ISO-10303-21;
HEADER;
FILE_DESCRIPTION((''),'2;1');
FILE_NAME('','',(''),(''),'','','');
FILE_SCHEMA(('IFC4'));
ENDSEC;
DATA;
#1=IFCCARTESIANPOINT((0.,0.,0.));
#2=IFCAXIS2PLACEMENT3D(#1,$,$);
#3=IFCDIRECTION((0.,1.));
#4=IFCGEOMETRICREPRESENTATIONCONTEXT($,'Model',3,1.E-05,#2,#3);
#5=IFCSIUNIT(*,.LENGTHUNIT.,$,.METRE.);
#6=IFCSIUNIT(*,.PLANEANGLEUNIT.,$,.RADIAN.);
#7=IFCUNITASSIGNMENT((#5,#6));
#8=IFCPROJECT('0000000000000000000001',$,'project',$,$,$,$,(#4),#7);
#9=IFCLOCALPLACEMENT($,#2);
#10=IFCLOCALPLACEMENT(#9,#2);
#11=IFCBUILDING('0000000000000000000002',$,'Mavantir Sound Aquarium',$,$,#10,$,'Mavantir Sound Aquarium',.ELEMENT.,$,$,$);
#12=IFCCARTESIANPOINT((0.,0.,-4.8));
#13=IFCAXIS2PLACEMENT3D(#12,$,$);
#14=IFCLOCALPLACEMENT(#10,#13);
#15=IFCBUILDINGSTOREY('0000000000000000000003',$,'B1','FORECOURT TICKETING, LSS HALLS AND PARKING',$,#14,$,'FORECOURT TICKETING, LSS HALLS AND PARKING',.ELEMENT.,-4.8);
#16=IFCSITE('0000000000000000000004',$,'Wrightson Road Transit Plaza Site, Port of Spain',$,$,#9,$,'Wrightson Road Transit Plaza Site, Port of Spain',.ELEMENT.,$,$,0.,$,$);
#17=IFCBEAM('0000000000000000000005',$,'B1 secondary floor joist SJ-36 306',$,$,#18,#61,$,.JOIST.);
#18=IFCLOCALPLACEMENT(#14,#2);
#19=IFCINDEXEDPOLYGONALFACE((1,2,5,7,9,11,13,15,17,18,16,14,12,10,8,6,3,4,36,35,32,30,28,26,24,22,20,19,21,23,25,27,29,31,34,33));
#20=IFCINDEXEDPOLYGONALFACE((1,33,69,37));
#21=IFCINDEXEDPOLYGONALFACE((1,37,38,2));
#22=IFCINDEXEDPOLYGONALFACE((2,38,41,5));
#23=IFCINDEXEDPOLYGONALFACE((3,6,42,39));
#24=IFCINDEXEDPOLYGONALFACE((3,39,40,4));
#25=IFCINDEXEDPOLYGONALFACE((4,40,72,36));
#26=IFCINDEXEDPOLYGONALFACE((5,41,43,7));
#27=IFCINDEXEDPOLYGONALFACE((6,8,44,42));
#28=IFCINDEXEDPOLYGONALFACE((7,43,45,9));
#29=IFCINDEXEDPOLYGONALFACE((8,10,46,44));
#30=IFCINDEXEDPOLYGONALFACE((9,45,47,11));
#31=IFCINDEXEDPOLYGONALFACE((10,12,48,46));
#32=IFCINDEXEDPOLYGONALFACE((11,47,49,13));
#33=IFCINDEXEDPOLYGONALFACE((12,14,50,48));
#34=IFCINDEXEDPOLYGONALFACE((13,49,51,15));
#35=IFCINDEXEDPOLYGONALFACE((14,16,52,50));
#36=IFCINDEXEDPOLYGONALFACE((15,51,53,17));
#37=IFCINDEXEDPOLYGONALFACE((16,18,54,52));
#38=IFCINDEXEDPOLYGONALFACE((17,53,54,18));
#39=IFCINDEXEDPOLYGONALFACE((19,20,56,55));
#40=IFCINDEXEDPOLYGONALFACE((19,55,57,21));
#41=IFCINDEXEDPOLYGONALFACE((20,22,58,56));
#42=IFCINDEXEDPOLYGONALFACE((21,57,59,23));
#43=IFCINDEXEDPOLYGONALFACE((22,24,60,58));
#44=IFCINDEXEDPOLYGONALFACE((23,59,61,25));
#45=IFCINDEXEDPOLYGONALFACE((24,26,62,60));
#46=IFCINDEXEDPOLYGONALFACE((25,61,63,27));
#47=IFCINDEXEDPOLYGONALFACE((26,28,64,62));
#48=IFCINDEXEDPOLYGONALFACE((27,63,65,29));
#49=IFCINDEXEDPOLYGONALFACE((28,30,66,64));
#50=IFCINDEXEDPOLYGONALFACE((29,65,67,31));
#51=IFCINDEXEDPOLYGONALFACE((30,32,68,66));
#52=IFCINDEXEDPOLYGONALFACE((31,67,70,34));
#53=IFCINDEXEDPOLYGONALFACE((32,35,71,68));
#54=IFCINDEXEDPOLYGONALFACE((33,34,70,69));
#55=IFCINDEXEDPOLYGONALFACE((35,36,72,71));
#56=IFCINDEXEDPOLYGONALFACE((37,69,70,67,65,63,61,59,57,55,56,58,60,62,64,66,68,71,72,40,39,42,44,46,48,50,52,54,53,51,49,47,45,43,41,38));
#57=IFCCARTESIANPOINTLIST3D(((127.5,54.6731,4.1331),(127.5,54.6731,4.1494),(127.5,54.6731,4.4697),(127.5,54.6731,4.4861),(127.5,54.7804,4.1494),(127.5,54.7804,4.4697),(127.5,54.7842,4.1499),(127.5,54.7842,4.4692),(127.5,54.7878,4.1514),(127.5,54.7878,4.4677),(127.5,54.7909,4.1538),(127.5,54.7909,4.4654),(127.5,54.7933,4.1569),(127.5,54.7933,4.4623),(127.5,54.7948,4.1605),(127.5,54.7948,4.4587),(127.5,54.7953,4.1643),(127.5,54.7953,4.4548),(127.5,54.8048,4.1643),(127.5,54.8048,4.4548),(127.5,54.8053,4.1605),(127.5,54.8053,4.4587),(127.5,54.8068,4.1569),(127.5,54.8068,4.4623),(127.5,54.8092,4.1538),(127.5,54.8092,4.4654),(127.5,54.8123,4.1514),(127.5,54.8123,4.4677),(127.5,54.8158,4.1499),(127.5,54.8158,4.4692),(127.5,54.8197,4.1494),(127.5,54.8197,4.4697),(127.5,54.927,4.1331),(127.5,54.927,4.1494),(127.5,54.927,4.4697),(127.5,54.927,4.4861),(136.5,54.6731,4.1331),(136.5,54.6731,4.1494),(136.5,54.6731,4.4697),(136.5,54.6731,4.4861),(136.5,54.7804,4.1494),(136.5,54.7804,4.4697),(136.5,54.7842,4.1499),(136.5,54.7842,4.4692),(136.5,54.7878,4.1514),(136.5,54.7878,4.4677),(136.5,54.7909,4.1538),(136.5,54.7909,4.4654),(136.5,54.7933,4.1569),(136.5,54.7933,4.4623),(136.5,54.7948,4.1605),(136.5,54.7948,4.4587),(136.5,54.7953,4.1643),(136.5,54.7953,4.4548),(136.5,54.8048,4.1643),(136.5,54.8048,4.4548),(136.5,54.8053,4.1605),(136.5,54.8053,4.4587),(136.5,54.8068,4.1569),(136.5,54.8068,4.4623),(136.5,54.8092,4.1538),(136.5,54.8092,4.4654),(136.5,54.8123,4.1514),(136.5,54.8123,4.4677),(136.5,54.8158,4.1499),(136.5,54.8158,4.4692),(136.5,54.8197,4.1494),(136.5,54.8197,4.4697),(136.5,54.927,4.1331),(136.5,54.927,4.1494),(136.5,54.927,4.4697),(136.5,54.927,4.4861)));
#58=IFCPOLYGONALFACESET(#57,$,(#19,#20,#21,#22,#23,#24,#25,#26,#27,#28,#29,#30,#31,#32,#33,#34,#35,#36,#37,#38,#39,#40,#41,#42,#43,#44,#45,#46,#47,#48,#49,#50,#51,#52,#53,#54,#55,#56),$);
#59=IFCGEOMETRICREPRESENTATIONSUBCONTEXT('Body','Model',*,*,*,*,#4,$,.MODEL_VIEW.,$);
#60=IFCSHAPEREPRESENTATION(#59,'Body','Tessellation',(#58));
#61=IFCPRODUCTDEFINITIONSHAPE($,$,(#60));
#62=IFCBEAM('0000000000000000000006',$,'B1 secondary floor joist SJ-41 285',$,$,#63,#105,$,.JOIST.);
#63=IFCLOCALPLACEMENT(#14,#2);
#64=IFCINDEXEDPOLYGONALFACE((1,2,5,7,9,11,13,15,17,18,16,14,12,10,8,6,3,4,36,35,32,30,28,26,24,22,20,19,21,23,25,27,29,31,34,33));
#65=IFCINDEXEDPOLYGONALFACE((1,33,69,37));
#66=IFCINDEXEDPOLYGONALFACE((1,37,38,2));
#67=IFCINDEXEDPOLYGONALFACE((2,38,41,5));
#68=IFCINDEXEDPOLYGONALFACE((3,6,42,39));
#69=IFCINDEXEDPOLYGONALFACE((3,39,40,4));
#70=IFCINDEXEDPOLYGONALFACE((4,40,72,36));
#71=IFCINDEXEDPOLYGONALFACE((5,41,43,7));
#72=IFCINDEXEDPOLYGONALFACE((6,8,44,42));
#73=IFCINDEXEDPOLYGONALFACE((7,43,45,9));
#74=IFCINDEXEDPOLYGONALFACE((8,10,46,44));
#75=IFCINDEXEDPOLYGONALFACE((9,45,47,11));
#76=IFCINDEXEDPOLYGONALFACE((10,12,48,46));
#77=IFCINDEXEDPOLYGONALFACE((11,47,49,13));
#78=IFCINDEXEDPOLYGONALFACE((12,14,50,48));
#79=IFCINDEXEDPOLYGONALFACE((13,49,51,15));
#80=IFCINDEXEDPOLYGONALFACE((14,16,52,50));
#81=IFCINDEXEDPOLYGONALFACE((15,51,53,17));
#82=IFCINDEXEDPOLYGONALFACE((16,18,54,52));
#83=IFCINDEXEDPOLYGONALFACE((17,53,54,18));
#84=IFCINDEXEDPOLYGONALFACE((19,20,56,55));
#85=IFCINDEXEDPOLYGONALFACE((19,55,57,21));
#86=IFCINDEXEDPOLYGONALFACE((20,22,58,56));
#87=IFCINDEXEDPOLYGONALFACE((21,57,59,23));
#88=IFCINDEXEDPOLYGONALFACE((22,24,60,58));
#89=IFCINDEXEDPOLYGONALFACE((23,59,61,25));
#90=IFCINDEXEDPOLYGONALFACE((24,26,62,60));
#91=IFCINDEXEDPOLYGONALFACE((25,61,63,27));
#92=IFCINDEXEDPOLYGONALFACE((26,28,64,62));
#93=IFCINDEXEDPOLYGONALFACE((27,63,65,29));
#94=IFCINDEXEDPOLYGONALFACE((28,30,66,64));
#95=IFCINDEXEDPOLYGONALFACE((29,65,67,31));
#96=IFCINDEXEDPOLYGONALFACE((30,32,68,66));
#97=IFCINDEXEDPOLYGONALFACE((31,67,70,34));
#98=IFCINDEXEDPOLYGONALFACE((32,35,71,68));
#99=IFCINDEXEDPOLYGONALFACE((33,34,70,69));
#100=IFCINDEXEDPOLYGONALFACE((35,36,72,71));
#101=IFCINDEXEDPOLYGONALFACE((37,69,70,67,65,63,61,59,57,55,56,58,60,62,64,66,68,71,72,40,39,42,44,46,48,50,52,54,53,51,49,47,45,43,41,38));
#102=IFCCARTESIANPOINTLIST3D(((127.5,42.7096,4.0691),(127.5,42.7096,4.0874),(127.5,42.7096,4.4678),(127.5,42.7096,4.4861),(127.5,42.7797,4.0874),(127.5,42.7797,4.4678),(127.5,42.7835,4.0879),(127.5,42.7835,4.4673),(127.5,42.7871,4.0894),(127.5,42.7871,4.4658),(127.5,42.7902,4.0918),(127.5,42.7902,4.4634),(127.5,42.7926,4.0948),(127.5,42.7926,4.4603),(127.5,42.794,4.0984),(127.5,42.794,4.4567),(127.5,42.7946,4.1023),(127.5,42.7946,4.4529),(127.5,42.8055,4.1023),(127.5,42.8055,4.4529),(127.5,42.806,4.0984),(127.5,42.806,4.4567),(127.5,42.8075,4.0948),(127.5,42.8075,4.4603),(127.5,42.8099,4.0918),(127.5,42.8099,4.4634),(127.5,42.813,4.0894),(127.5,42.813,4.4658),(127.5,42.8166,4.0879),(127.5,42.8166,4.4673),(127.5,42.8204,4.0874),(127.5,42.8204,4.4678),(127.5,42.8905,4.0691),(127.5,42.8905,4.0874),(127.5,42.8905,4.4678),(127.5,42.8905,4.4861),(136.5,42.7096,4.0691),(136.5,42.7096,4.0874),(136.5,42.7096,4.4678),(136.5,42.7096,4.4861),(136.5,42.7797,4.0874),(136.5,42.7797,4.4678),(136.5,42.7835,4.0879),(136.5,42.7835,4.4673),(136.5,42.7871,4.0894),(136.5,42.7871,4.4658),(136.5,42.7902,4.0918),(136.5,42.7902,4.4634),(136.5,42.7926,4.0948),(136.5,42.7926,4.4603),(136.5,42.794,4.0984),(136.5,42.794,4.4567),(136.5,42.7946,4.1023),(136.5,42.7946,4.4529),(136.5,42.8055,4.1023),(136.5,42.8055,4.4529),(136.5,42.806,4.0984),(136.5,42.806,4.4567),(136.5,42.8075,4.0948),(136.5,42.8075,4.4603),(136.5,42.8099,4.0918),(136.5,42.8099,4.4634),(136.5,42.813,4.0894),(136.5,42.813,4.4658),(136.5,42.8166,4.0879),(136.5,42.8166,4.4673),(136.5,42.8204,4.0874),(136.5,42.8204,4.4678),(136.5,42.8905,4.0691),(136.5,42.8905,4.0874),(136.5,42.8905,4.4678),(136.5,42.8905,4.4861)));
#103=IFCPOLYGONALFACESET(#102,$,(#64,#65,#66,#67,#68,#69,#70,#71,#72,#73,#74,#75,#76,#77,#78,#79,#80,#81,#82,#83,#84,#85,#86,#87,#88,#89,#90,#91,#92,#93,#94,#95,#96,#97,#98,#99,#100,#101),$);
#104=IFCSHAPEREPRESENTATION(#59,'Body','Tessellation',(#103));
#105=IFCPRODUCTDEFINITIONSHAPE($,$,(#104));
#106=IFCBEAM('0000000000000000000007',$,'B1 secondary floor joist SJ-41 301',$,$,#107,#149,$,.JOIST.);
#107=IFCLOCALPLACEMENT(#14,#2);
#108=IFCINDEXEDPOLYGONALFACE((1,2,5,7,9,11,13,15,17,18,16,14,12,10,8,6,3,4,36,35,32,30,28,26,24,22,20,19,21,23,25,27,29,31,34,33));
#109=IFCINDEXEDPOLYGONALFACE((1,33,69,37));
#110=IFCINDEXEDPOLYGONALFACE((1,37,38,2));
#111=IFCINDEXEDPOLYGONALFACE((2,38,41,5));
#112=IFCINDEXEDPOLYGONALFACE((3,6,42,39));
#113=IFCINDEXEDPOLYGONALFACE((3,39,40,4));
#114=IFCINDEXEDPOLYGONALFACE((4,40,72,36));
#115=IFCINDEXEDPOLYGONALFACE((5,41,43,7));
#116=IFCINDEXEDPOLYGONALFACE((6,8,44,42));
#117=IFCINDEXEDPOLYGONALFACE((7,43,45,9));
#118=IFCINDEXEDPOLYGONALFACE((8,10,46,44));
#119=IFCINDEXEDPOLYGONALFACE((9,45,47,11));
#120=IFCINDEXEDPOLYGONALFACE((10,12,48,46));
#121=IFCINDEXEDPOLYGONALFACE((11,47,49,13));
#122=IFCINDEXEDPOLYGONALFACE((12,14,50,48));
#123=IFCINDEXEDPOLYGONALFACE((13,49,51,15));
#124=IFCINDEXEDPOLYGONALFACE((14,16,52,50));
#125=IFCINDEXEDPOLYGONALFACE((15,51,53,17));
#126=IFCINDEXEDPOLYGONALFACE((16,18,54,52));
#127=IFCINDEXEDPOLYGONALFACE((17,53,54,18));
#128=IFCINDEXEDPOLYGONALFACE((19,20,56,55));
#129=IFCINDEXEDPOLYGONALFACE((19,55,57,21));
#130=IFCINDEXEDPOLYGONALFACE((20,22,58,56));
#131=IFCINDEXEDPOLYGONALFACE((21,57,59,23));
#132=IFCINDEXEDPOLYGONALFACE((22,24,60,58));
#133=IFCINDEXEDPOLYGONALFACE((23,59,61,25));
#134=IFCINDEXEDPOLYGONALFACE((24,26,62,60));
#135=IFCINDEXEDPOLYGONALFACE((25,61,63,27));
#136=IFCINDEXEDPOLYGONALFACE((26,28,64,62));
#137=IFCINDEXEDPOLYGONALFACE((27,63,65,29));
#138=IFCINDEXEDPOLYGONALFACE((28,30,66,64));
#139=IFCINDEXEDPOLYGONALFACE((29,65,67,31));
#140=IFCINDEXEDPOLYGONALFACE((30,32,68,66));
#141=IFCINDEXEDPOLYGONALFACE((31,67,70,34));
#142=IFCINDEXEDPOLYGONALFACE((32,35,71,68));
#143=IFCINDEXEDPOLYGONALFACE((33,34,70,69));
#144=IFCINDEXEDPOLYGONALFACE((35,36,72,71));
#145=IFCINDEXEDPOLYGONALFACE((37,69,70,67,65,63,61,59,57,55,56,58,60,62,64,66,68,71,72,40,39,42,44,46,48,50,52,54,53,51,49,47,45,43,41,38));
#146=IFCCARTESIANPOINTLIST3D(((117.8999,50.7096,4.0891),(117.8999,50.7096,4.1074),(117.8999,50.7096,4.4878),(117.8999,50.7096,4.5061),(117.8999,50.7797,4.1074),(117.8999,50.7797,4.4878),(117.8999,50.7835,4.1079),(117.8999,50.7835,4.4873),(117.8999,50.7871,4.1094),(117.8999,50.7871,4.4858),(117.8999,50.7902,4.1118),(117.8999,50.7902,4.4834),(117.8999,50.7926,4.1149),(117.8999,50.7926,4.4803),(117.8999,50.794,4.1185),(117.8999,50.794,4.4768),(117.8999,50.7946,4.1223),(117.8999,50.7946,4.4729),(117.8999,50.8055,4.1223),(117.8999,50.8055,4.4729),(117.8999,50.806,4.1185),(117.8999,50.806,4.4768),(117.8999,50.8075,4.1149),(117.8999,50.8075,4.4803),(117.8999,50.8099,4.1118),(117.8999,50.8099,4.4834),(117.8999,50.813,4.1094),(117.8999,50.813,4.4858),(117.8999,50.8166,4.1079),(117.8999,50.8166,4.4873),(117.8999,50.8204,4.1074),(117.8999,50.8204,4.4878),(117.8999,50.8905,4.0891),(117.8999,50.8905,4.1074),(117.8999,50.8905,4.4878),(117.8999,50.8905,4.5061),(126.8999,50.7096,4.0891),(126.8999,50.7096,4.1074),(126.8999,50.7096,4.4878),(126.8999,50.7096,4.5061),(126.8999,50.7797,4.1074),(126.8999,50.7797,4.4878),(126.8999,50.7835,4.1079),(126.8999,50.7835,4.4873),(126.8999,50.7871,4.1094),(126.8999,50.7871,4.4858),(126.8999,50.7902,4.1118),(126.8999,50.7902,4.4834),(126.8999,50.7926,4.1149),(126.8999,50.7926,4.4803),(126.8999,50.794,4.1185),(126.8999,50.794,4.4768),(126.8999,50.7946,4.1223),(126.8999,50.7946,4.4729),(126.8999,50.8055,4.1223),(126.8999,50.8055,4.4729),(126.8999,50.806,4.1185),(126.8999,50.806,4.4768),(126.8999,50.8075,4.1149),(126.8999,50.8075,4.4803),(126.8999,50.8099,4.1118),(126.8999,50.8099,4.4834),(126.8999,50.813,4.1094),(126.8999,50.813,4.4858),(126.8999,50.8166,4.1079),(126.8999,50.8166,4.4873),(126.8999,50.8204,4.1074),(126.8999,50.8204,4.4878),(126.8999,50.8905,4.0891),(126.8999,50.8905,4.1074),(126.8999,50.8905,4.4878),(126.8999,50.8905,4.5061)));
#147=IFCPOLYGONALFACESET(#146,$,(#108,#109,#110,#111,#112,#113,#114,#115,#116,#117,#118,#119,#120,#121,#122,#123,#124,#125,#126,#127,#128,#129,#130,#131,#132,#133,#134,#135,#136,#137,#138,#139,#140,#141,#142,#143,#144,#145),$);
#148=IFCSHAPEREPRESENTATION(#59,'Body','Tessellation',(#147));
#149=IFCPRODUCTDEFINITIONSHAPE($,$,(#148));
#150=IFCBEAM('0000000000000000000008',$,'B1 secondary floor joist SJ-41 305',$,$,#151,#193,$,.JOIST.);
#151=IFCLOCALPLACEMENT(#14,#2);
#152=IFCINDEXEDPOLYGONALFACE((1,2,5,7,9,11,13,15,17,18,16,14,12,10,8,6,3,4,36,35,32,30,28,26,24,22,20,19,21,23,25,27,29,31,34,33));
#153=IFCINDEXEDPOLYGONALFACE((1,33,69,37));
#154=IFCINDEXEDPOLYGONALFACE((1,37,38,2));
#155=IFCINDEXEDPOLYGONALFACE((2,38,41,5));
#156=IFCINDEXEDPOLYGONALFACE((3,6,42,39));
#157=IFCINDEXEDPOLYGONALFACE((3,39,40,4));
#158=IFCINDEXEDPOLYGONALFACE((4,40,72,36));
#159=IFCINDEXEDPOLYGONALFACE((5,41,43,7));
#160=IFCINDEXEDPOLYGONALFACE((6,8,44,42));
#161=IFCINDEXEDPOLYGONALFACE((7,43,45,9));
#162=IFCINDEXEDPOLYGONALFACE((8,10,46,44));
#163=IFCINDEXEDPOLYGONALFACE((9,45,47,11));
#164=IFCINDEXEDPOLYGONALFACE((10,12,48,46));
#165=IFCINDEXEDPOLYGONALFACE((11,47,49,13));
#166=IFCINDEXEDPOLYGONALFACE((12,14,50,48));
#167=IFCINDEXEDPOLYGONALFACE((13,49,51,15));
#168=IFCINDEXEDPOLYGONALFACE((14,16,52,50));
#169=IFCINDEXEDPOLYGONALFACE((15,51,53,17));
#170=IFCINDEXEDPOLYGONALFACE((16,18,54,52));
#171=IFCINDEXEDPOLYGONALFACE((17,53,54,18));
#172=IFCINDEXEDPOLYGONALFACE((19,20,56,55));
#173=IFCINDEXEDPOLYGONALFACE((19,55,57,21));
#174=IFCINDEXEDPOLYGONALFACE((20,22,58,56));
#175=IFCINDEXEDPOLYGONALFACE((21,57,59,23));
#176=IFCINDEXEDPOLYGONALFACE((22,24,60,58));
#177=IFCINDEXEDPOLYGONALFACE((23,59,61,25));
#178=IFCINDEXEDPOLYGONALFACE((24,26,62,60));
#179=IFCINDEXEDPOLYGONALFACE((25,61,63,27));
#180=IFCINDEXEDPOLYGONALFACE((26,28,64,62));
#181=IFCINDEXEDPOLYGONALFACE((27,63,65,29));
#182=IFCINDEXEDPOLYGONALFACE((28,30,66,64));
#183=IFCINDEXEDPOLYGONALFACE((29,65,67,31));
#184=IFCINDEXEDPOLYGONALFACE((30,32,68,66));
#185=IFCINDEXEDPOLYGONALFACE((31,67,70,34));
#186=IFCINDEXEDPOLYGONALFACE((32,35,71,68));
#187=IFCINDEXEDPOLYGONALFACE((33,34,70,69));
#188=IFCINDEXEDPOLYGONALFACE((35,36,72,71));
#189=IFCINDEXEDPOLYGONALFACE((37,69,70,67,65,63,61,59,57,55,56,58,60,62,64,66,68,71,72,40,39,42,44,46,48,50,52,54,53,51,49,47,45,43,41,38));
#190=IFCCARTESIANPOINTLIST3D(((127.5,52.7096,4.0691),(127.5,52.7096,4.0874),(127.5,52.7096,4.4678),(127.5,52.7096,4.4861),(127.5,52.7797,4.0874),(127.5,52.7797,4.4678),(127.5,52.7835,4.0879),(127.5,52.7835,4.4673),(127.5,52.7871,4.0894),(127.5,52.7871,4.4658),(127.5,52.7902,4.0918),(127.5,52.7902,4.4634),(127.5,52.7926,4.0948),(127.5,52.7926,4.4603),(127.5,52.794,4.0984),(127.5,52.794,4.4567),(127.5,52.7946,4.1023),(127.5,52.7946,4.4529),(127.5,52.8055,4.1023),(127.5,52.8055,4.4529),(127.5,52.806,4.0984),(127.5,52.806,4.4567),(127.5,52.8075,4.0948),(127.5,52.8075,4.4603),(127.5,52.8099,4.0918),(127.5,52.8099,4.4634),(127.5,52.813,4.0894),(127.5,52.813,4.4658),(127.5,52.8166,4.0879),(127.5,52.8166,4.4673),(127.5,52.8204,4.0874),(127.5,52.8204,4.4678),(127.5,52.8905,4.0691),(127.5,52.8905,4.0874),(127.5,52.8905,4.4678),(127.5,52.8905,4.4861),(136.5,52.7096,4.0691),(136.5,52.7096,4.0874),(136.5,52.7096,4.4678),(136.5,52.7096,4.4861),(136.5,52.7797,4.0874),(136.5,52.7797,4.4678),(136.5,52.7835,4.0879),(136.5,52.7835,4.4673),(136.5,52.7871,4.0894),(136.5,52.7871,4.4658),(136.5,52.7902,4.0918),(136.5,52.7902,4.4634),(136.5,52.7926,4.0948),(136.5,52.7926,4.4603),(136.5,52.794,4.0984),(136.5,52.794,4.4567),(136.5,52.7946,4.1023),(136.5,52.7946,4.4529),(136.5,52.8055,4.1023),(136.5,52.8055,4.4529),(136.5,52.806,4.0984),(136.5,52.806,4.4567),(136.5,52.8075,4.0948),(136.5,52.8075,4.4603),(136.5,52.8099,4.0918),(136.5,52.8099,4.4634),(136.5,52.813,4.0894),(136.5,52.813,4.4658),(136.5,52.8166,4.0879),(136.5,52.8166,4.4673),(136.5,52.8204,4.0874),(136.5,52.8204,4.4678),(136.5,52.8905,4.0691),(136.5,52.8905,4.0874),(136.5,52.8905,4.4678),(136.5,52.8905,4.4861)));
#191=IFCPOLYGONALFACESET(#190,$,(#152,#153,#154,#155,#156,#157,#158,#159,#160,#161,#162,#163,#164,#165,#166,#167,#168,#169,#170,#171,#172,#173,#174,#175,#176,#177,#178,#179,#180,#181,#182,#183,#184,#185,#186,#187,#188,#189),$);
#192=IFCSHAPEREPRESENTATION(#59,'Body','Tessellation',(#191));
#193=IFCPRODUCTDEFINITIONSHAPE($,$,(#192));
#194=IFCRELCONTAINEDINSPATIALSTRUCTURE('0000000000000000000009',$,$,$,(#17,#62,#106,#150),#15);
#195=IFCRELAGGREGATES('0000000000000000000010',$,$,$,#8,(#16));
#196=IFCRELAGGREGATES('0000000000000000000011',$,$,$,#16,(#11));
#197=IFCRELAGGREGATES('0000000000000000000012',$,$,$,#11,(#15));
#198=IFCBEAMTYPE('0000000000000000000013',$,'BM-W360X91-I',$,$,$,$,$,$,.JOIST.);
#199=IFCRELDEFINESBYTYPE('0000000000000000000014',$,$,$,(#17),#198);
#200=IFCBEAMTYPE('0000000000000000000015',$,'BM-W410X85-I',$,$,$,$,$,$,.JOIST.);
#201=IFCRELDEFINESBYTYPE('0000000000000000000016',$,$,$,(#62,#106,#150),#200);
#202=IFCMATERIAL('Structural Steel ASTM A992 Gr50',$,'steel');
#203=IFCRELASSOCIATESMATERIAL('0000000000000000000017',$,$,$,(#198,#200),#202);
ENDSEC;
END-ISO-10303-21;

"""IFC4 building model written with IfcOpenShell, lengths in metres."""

from ifc_helpers import new_model, si_unit, direction, frame, origin, origin_2d, place, context, subcontext, project, spatial, i_section, extrude, material, material_profile, profile_set, type_object, element, save


model = new_model("IFC4")

# Units and contexts
model_context = context("Model", 3, precision=1e-05, world=origin(), true_north=direction((0.0, 1.0)))
body_context = subcontext(model_context, "Body", "Model", "MODEL_VIEW")
ifc_project = project(units=[si_unit("LENGTHUNIT", "METRE"), si_unit("PLANEANGLEUNIT", "RADIAN")], contexts=[model_context])

# Site, building, storey
site_placement = place(None, origin())
site = spatial("IfcSite", under=ifc_project, at=site_placement, Name="Wrightson Road Transit Plaza Site, Port of Spain", LongName="Wrightson Road Transit Plaza Site, Port of Spain", CompositionType="ELEMENT", RefElevation=0.0)
building_placement = place(site_placement, origin())
building = spatial("IfcBuilding", under=site, at=building_placement, Name="Mavantir Sound Aquarium", LongName="Mavantir Sound Aquarium", CompositionType="ELEMENT")
storey_placement = place(building_placement, frame((0.0, 0.0, -4.8)))
storey = spatial("IfcBuildingStorey", under=building, at=storey_placement, Name="B1", Description="FORECOURT TICKETING, LSS HALLS AND PARKING", LongName="FORECOURT TICKETING, LSS HALLS AND PARKING", CompositionType="ELEMENT", Elevation=-4.8)

# Beams
ifc_material_1 = material(Name="Structural Steel ASTM A992 Gr50", Category="steel")
ifc_material_profile_1 = material_profile(ifc_material_1, i_section(OverallWidth=0.2539, OverallDepth=0.353, WebThickness=0.0095, FlangeThickness=0.0164, FilletRadius=0.0149, at=origin_2d()), Name="W360X91")
ifc_profile_set_1 = profile_set([ifc_material_profile_1], Name="Structural Steel ASTM A992 Gr50")
beam_type_1 = type_object("IfcBeamType", Name="BM-W360X91-I", PredefinedType="JOIST", material=ifc_profile_set_1)
for number, where, z_axis, x_axis, name in (
    (1, (127.5, 54.8, 4.3096), (1.0, 0.0, 0.0), (0.0, 1.0, 0.0), "B1 secondary floor joist SJ-36 306"),
):
    element("IfcBeam", number, at=place(storey_placement, frame(where, z_axis=z_axis, x_axis=x_axis)), inside=storey, type_object=beam_type_1, Name=name, PredefinedType="JOIST", context=body_context, shape_type="SweptSolid", body=[
        extrude(i_section(OverallWidth=0.2539, OverallDepth=0.353, WebThickness=0.0095, FlangeThickness=0.0164, FilletRadius=0.0149, at=origin_2d()), origin(), (0.0, 0.0, 1.0), 9.0),
    ])
ifc_material_profile_2 = material_profile(ifc_material_1, i_section(OverallWidth=0.1809, OverallDepth=0.417, WebThickness=0.011, FlangeThickness=0.0183, FilletRadius=0.0149, at=origin_2d()), Name="W410X85")
ifc_profile_set_2 = profile_set([ifc_material_profile_2], Name="Structural Steel ASTM A992 Gr50")
beam_type_2 = type_object("IfcBeamType", Name="BM-W410X85-I", PredefinedType="JOIST", material=ifc_profile_set_2)
for number, where, z_axis, x_axis, name in (
    (2, (127.5, 42.8, 4.2776), (1.0, 0.0, 0.0), (0.0, 1.0, 0.0), "B1 secondary floor joist SJ-41 285"),
    (3, (117.8999, 50.8, 4.2976), (1.0, 0.0, 0.0), (0.0, 1.0, 0.0), "B1 secondary floor joist SJ-41 301"),
    (4, (127.5, 52.8, 4.2776), (1.0, 0.0, 0.0), (0.0, 1.0, 0.0), "B1 secondary floor joist SJ-41 305"),
):
    element("IfcBeam", number, at=place(storey_placement, frame(where, z_axis=z_axis, x_axis=x_axis)), inside=storey, type_object=beam_type_2, Name=name, PredefinedType="JOIST", context=body_context, shape_type="SweptSolid", body=[
        extrude(i_section(OverallWidth=0.1809, OverallDepth=0.417, WebThickness=0.011, FlangeThickness=0.0183, FilletRadius=0.0149, at=origin_2d()), origin(), (0.0, 0.0, 1.0), 9.0),
    ])

save(model, "model.ifc")
